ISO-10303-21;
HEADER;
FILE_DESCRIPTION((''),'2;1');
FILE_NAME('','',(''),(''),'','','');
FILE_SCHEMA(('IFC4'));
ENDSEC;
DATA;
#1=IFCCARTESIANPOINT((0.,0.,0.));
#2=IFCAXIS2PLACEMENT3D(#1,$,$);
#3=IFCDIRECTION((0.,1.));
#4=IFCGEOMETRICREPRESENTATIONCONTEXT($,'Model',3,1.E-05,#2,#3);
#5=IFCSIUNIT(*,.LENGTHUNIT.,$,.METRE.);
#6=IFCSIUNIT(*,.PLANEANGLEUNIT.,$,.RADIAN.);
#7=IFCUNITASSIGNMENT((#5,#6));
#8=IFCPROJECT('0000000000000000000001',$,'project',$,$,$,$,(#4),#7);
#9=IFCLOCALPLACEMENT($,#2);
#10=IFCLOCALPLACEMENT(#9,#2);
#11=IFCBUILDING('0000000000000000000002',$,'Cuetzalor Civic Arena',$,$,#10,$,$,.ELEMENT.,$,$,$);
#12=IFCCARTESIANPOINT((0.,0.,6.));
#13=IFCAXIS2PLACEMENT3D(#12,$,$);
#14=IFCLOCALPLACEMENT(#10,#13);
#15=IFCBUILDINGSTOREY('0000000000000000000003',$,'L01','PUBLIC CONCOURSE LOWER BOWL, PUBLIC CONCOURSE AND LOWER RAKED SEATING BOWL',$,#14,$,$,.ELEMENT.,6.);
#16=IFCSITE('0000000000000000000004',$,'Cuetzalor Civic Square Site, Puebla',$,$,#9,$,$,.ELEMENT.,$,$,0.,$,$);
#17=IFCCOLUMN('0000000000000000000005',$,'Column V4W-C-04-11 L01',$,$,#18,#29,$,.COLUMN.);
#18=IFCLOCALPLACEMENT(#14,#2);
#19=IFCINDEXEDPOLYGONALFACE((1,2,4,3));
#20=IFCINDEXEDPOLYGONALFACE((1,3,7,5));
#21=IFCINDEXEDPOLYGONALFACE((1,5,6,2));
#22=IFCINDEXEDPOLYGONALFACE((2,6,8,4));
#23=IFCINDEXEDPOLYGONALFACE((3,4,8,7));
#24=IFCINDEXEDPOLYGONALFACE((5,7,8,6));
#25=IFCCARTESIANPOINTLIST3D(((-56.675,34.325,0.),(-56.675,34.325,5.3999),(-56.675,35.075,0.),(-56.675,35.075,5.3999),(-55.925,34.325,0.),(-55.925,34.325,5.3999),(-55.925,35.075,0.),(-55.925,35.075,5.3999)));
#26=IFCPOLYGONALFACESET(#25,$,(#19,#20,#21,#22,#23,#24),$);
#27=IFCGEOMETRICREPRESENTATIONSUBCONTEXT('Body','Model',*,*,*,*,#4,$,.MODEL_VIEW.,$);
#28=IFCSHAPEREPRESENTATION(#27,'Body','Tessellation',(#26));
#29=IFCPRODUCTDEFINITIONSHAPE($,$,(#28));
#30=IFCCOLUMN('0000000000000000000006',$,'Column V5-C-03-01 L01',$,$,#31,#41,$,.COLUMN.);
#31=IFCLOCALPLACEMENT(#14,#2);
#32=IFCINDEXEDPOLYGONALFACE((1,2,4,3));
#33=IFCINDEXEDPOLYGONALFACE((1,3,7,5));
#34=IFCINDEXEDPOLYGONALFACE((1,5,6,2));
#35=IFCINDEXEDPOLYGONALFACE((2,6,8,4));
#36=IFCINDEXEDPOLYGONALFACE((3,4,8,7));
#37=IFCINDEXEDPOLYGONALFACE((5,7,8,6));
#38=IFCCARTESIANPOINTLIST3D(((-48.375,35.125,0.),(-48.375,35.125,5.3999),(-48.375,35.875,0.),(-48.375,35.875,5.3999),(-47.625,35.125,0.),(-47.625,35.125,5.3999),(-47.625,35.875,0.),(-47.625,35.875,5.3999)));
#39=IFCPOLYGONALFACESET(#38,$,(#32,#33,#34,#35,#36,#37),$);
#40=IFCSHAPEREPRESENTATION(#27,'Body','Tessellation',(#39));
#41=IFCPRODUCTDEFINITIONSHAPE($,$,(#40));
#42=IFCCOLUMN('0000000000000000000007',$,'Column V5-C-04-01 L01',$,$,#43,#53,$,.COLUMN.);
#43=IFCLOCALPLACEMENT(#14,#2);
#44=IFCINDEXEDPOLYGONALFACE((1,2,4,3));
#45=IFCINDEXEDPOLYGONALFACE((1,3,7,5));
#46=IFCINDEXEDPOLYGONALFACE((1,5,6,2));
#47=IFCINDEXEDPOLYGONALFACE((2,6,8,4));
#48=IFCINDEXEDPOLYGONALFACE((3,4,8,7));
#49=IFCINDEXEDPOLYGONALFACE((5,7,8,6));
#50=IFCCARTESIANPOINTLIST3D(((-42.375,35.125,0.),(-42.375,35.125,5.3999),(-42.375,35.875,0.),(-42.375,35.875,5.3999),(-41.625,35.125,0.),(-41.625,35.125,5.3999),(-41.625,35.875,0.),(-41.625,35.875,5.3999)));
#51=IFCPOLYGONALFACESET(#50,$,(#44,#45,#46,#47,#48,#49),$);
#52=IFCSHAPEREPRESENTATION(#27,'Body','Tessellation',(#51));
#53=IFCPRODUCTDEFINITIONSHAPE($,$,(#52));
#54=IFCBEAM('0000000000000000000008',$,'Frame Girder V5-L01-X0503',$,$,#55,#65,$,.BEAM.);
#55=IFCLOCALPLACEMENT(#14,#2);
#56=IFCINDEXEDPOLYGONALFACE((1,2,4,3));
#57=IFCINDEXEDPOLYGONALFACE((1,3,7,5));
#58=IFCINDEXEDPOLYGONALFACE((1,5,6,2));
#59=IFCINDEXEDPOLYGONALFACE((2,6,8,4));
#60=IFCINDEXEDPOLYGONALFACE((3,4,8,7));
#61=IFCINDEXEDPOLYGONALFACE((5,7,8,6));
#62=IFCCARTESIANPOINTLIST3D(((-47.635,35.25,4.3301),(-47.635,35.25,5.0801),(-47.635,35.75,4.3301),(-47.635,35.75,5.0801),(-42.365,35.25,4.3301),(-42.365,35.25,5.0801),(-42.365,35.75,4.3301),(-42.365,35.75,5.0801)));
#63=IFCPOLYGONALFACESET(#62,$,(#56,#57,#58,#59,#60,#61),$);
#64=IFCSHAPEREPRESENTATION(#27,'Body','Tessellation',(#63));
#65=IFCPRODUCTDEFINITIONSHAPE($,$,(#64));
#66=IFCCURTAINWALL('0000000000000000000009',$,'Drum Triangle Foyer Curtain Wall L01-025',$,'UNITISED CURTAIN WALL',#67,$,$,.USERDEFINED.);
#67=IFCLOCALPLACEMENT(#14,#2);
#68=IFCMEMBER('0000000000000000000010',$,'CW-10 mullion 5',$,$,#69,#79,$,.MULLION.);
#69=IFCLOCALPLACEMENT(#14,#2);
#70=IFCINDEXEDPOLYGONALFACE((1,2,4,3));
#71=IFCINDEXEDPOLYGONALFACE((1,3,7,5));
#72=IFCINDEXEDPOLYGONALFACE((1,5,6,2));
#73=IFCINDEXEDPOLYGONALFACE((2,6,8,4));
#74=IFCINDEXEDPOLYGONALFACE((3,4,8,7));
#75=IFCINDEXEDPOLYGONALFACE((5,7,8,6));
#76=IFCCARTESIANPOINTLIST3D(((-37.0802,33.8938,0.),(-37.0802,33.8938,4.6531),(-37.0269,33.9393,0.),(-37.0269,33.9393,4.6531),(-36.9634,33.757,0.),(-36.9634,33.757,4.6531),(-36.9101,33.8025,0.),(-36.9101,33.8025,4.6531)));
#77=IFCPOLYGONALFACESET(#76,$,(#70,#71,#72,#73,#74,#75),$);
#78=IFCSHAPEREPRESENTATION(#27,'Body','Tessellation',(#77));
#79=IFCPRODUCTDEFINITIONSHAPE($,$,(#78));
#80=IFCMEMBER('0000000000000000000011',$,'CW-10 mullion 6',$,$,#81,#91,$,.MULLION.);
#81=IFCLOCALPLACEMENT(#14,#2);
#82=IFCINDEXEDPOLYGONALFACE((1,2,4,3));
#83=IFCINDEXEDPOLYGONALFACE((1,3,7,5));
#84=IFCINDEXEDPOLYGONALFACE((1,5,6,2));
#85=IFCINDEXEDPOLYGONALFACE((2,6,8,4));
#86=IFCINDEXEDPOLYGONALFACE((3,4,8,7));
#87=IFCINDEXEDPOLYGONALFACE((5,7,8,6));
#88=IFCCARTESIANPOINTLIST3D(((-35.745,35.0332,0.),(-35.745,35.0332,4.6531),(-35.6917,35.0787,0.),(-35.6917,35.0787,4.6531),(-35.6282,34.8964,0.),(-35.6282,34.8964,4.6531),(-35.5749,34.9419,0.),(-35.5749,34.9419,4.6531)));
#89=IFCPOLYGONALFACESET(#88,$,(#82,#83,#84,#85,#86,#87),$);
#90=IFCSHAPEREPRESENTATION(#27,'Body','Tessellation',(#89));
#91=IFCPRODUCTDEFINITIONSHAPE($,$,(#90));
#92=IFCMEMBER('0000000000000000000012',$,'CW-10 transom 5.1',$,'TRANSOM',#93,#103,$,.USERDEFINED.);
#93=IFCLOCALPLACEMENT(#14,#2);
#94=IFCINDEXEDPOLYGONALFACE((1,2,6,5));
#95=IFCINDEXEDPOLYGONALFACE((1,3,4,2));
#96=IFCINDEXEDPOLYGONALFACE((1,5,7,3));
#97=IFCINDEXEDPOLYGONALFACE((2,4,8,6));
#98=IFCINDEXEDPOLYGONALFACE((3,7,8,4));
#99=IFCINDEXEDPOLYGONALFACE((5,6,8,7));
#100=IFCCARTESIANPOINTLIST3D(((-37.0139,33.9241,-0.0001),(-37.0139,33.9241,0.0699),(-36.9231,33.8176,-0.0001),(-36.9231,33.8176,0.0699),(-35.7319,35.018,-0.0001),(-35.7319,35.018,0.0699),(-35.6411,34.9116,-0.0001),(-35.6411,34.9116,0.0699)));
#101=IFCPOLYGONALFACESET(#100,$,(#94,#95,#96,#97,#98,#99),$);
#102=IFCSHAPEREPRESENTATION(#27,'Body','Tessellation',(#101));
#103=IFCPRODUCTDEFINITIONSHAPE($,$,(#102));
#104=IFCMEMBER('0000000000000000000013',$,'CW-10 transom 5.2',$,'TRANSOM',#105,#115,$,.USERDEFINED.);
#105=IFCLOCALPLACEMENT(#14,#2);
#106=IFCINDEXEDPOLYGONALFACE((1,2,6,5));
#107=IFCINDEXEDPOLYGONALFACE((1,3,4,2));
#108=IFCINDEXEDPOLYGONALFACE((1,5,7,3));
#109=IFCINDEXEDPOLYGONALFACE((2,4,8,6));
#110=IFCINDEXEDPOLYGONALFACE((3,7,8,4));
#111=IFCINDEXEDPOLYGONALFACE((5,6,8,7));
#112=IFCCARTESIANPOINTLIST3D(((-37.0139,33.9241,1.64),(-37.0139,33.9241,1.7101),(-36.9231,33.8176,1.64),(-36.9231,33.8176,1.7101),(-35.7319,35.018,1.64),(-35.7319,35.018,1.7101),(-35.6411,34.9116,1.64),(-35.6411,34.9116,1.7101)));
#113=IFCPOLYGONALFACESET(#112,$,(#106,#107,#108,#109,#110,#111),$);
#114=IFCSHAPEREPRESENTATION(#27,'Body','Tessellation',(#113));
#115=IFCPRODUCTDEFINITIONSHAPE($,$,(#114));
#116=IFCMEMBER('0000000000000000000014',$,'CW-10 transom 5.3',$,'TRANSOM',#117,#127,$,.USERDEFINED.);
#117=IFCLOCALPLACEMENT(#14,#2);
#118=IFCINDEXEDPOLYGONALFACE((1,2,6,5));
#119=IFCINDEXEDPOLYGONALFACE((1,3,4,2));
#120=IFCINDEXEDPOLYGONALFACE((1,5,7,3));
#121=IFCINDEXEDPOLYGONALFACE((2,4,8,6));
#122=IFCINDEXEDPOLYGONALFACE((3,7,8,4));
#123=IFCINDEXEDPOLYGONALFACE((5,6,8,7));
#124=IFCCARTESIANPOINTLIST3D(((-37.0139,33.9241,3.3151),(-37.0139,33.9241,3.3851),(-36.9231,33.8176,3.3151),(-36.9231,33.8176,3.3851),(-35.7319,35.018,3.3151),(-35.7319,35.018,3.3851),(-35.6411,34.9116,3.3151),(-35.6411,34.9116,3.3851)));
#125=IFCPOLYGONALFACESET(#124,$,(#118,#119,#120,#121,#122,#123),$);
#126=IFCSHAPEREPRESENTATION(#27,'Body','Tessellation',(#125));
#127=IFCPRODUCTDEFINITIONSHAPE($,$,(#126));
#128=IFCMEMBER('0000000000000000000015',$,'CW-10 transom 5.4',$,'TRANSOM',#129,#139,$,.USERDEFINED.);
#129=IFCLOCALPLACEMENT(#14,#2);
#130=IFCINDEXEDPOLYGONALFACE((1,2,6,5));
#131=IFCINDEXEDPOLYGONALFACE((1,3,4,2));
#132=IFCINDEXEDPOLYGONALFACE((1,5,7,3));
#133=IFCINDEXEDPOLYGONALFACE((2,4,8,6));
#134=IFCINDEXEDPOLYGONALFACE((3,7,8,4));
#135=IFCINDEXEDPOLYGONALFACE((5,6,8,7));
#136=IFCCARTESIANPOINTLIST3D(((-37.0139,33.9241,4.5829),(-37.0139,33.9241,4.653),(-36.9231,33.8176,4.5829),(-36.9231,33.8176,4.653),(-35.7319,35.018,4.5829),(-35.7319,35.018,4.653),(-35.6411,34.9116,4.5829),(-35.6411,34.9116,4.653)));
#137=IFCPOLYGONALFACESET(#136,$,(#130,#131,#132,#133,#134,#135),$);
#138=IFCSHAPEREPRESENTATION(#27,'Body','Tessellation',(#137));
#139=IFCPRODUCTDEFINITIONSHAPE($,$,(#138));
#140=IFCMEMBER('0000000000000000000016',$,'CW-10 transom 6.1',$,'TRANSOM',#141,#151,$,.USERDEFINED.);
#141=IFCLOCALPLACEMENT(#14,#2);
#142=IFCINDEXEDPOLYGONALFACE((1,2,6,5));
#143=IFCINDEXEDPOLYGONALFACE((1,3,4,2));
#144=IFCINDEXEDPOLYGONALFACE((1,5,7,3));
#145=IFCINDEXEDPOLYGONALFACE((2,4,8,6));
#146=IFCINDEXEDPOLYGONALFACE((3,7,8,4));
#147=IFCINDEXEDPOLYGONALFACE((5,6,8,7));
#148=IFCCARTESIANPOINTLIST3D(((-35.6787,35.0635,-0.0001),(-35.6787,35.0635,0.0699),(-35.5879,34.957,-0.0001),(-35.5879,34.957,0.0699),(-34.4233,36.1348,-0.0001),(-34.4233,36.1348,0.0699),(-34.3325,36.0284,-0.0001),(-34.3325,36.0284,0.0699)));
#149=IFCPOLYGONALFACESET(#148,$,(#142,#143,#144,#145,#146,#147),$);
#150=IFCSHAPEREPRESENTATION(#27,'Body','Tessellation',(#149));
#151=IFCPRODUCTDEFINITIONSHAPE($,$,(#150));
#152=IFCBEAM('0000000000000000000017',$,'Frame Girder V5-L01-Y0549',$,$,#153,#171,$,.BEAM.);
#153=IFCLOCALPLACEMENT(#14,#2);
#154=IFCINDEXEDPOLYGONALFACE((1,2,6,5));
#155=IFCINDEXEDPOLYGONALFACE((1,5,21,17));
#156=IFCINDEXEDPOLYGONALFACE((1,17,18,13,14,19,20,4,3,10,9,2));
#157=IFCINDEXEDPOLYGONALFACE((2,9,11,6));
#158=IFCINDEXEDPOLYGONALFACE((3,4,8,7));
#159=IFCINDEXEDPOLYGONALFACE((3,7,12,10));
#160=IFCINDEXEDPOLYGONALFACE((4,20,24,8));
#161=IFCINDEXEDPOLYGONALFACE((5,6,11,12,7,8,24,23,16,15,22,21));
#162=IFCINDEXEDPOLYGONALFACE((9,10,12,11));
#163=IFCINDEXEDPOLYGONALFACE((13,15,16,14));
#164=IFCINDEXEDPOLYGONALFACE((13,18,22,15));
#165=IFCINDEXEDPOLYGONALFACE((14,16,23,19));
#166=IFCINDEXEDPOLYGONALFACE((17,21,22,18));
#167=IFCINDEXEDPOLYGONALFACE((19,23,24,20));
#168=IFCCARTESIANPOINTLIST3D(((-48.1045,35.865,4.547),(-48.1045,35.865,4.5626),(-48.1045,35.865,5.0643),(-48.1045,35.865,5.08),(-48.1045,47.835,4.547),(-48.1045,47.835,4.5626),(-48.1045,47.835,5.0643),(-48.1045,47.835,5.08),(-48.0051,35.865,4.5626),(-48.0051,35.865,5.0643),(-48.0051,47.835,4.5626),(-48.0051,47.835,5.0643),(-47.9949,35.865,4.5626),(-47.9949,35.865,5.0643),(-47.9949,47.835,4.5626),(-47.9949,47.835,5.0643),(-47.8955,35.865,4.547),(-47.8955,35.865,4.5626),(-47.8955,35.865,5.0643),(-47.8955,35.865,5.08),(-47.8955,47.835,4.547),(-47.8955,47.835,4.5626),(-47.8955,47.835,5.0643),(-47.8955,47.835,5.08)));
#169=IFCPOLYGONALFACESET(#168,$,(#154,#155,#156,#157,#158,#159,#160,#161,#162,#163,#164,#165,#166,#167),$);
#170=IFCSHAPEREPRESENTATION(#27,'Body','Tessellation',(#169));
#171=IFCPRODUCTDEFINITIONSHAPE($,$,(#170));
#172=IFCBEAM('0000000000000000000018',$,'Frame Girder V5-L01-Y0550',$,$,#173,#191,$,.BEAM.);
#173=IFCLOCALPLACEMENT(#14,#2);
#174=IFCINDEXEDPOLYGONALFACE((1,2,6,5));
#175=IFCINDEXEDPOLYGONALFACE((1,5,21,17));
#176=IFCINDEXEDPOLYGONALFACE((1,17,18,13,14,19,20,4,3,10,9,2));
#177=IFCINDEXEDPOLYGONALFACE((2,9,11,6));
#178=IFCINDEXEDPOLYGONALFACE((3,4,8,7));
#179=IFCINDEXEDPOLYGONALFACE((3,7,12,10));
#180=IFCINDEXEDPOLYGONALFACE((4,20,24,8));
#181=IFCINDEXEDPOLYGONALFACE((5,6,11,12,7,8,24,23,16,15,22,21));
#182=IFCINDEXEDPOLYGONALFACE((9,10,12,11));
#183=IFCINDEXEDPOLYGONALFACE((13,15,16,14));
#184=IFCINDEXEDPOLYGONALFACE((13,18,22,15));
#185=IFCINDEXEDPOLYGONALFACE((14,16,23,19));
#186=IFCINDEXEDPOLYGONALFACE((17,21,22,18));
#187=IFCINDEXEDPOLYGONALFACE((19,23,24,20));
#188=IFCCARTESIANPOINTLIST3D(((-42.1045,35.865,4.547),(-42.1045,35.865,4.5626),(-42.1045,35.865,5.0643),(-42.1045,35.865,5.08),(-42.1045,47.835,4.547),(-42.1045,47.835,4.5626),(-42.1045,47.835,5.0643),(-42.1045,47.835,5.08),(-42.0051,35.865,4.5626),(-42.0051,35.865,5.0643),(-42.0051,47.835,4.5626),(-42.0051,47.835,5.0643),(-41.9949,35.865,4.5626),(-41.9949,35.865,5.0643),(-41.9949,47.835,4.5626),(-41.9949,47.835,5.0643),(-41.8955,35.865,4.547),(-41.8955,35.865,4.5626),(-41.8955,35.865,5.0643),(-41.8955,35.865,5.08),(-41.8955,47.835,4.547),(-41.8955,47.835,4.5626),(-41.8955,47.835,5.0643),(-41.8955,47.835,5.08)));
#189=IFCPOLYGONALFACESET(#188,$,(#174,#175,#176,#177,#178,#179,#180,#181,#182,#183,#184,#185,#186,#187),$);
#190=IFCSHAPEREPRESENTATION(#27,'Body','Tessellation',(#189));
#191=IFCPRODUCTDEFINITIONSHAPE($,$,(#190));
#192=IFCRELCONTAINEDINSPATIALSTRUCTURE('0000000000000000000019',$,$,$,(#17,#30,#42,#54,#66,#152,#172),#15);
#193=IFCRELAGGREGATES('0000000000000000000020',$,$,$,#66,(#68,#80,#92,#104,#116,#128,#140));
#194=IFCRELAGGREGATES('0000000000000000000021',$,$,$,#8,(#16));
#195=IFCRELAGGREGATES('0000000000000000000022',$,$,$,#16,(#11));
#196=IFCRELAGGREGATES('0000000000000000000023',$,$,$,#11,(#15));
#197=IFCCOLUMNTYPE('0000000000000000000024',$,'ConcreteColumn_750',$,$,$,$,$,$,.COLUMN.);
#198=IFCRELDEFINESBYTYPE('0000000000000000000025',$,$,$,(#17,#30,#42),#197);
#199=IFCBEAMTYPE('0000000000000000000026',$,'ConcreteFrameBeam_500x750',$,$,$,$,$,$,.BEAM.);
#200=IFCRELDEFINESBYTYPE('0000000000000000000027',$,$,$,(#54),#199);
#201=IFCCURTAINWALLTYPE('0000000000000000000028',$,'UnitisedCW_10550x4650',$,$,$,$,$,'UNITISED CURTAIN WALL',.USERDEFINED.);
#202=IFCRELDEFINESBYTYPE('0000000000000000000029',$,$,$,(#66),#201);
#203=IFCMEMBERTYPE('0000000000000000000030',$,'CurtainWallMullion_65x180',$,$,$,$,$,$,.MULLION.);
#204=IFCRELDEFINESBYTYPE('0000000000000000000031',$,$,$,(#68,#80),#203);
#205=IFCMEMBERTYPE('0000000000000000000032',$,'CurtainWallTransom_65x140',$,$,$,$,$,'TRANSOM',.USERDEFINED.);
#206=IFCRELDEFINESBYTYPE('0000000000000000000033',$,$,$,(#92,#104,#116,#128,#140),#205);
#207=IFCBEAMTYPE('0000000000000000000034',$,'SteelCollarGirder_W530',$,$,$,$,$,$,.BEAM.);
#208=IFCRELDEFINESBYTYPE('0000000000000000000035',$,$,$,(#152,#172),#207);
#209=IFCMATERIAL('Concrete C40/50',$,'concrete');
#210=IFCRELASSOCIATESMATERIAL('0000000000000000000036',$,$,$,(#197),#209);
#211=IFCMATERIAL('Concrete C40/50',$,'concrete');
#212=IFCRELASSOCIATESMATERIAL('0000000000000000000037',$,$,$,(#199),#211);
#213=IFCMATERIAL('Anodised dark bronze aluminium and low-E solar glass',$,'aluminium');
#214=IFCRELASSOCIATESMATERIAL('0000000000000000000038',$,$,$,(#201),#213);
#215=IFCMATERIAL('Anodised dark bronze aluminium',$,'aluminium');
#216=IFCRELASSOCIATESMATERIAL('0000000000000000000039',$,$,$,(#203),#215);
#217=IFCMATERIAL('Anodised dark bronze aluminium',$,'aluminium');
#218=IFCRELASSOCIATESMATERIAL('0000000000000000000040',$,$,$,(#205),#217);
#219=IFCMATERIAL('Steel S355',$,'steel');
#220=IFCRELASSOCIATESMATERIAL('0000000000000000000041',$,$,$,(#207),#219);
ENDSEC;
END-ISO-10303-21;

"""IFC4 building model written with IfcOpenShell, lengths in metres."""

from ifc_helpers import new_model, si_unit, direction, frame, origin, origin_2d, place, context, subcontext, project, spatial, rectangle, i_section, extrude, material, material_profile, profile_set, type_object, element, aggregate, save


model = new_model("IFC4")

# Units and contexts
model_context = context("Model", 3, precision=1e-05, world=origin(), true_north=direction((0.0, 1.0)))
body_context = subcontext(model_context, "Body", "Model", "MODEL_VIEW")
ifc_project = project(units=[si_unit("LENGTHUNIT", "METRE"), si_unit("PLANEANGLEUNIT", "RADIAN")], contexts=[model_context])

# Site, building, storey
site_placement = place(None, origin())
site = spatial("IfcSite", under=ifc_project, at=site_placement, Name="Cuetzalor Civic Square Site, Puebla", CompositionType="ELEMENT", RefElevation=0.0)
building_placement = place(site_placement, origin())
building = spatial("IfcBuilding", under=site, at=building_placement, Name="Cuetzalor Civic Arena", CompositionType="ELEMENT")
storey_placement = place(building_placement, frame((0.0, 0.0, 6.0)))
storey = spatial("IfcBuildingStorey", under=building, at=storey_placement, Name="L01", Description="PUBLIC CONCOURSE LOWER BOWL, PUBLIC CONCOURSE AND LOWER RAKED SEATING BOWL", CompositionType="ELEMENT", Elevation=6.0)

# Columns
ifc_material_1 = material(Name="Concrete C40/50", Category="concrete")
ifc_material_profile_1 = material_profile(ifc_material_1, rectangle(XDim=0.75, YDim=0.75, at=origin_2d()), Name="RC 750x750")
ifc_profile_set_1 = profile_set([ifc_material_profile_1], Name="Concrete C40/50")
column_type = type_object("IfcColumnType", Name="ConcreteColumn_750", PredefinedType="COLUMN", material=ifc_profile_set_1)
for number, where, z_axis, x_axis, name in (
    (1, (-56.3, 34.7, 0.0), (0.0, 0.0, 1.0), (1.0, 0.0, 0.0), "Column V4W-C-04-11 L01"),
    (2, (-48.0, 35.5, 0.0), (0.0, 0.0, 1.0), (1.0, 0.0, 0.0), "Column V5-C-03-01 L01"),
    (3, (-42.0, 35.5, 0.0), (0.0, 0.0, 1.0), (1.0, 0.0, 0.0), "Column V5-C-04-01 L01"),
):
    element("IfcColumn", number, at=place(storey_placement, frame(where, z_axis=z_axis, x_axis=x_axis)), inside=storey, type_object=column_type, Name=name, PredefinedType="COLUMN", context=body_context, shape_type="SweptSolid", body=[
        extrude(rectangle(XDim=0.75, YDim=0.75, at=origin_2d()), origin(), (0.0, 0.0, 1.0), 5.3999),
    ])

# Beam
ifc_material_2 = material(Name="Concrete C40/50", Category="concrete")
ifc_material_profile_2 = material_profile(ifc_material_2, rectangle(XDim=0.5, YDim=0.75, at=origin_2d()), Name="RC 500x750")
ifc_profile_set_2 = profile_set([ifc_material_profile_2], Name="Concrete C40/50")
beam_type_1 = type_object("IfcBeamType", Name="ConcreteFrameBeam_500x750", PredefinedType="BEAM", material=ifc_profile_set_2)
beam_placement = place(storey_placement, frame((-47.635, 35.5, 4.7051), z_axis=(1.0, 0.0, 0.0), x_axis=(0.0, 1.0, 0.0)))
element("IfcBeam", 4, at=beam_placement, inside=storey, type_object=beam_type_1, Name="Frame Girder V5-L01-X0503", PredefinedType="BEAM", context=body_context, shape_type="SweptSolid", body=[
    extrude(rectangle(XDim=0.5, YDim=0.75, at=origin_2d()), origin(), (0.0, 0.0, 1.0), 5.27),
])

# Curtain wall, members
ifc_material_3 = material(Name="Anodised dark bronze aluminium and low-E solar glass", Category="aluminium")
curtain_wall_type = type_object("IfcCurtainWallType", Name="UnitisedCW_10550x4650", ElementType="UNITISED CURTAIN WALL", PredefinedType="USERDEFINED", material=ifc_material_3)
curtain_wall_placement = place(storey_placement, origin())
curtain_wall = element("IfcCurtainWall", 5, at=curtain_wall_placement, inside=storey, type_object=curtain_wall_type, Name="Drum Triangle Foyer Curtain Wall L01-025", ObjectType="UNITISED CURTAIN WALL", PredefinedType="USERDEFINED")
ifc_material_4 = material(Name="Anodised dark bronze aluminium", Category="aluminium")
ifc_material_profile_3 = material_profile(ifc_material_4, rectangle(XDim=0.0701, YDim=0.1799, at=origin_2d()), Name="ALU MULLION 70x180")
ifc_profile_set_3 = profile_set([ifc_material_profile_3], Name="Anodised dark bronze aluminium")
member_type_1 = type_object("IfcMemberType", Name="CurtainWallMullion_65x180", PredefinedType="MULLION", material=ifc_profile_set_3)
member_1_placement = place(storey_placement, frame((-36.9951, 33.8481, 0.0), z_axis=(0.0, 0.0, 1.0), x_axis=(0.760677, 0.64913, 0.0)))
member_1 = element("IfcMember", 6, at=member_1_placement, type_object=member_type_1, Name="CW-10 mullion 5", PredefinedType="MULLION", context=body_context, shape_type="SweptSolid", body=[
    extrude(rectangle(XDim=0.0701, YDim=0.1799, at=origin_2d()), origin(), (0.0, 0.0, 1.0), 4.6531),
])
member_2_placement = place(storey_placement, frame((-35.6599, 34.9875, 0.0), z_axis=(0.0, 0.0, 1.0), x_axis=(0.760677, 0.64913, 0.0)))
member_2 = element("IfcMember", 7, at=member_2_placement, type_object=member_type_1, Name="CW-10 mullion 6", PredefinedType="MULLION", context=body_context, shape_type="SweptSolid", body=[
    extrude(rectangle(XDim=0.0701, YDim=0.1799, at=origin_2d()), origin(), (0.0, 0.0, 1.0), 4.6531),
])
ifc_material_5 = material(Name="Anodised dark bronze aluminium", Category="aluminium")
ifc_material_profile_4 = material_profile(ifc_material_5, rectangle(XDim=0.1399, YDim=0.0701, at=origin_2d()), Name="ALU TRANSOM 70x140")
ifc_profile_set_4 = profile_set([ifc_material_profile_4], Name="Anodised dark bronze aluminium")
member_type_2 = type_object("IfcMemberType", Name="CurtainWallTransom_65x140", ElementType="TRANSOM", PredefinedType="USERDEFINED", material=ifc_profile_set_4)
member_3_placement = place(storey_placement, frame((-36.9685, 33.8708, 0.0349), z_axis=(0.760676, 0.649132, 0.0), x_axis=(-0.649132, 0.760676, 0.0)))
member_3 = element("IfcMember", 8, at=member_3_placement, type_object=member_type_2, Name="CW-10 transom 5.1", ObjectType="TRANSOM", PredefinedType="USERDEFINED", context=body_context, shape_type="SweptSolid", body=[
    extrude(rectangle(XDim=0.1399, YDim=0.0701, at=origin_2d()), origin(), (0.0, 0.0, 1.0), 1.6853),
])
member_4_placement = place(storey_placement, frame((-36.9685, 33.8708, 1.675), z_axis=(0.760676, 0.649132, 0.0), x_axis=(-0.649132, 0.760676, 0.0)))
member_4 = element("IfcMember", 9, at=member_4_placement, type_object=member_type_2, Name="CW-10 transom 5.2", ObjectType="TRANSOM", PredefinedType="USERDEFINED", context=body_context, shape_type="SweptSolid", body=[
    extrude(rectangle(XDim=0.1399, YDim=0.0701, at=origin_2d()), origin(), (0.0, 0.0, 1.0), 1.6853),
])
member_5_placement = place(storey_placement, frame((-36.9685, 33.8708, 3.3501), z_axis=(0.760676, 0.649132, 0.0), x_axis=(-0.649132, 0.760676, 0.0)))
member_5 = element("IfcMember", 10, at=member_5_placement, type_object=member_type_2, Name="CW-10 transom 5.3", ObjectType="TRANSOM", PredefinedType="USERDEFINED", context=body_context, shape_type="SweptSolid", body=[
    extrude(rectangle(XDim=0.1399, YDim=0.0701, at=origin_2d()), origin(), (0.0, 0.0, 1.0), 1.6853),
])
member_6_placement = place(storey_placement, frame((-36.9685, 33.8708, 4.6179), z_axis=(0.760676, 0.649132, 0.0), x_axis=(-0.649132, 0.760676, 0.0)))
member_6 = element("IfcMember", 11, at=member_6_placement, type_object=member_type_2, Name="CW-10 transom 5.4", ObjectType="TRANSOM", PredefinedType="USERDEFINED", context=body_context, shape_type="SweptSolid", body=[
    extrude(rectangle(XDim=0.1399, YDim=0.0701, at=origin_2d()), origin(), (0.0, 0.0, 1.0), 1.6853),
])
member_7_placement = place(storey_placement, frame((-35.6333, 35.0103, 0.0349), z_axis=(0.760675, 0.649133, 0.0), x_axis=(-0.649133, 0.760675, 0.0)))
member_7 = element("IfcMember", 12, at=member_7_placement, type_object=member_type_2, Name="CW-10 transom 6.1", ObjectType="TRANSOM", PredefinedType="USERDEFINED", context=body_context, shape_type="SweptSolid", body=[
    extrude(rectangle(XDim=0.1399, YDim=0.0701, at=origin_2d()), origin(), (0.0, 0.0, 1.0), 1.6504),
])

# Beams
ifc_material_6 = material(Name="Steel S355", Category="steel")
ifc_material_profile_5 = material_profile(ifc_material_6, i_section(OverallWidth=0.209, OverallDepth=0.533, WebThickness=0.0103, FlangeThickness=0.0156, at=origin_2d()), Name="W530x92")
ifc_profile_set_5 = profile_set([ifc_material_profile_5], Name="Steel S355")
beam_type_2 = type_object("IfcBeamType", Name="SteelCollarGirder_W530", PredefinedType="BEAM", material=ifc_profile_set_5)
for number, where, z_axis, x_axis, name in (
    (13, (-48.0, 35.865, 4.8135), (0.0, 1.0, 0.0), (-1.0, 0.0, 0.0), "Frame Girder V5-L01-Y0549"),
    (14, (-42.0, 35.865, 4.8135), (0.0, 1.0, 0.0), (-1.0, 0.0, 0.0), "Frame Girder V5-L01-Y0550"),
):
    element("IfcBeam", number, at=place(storey_placement, frame(where, z_axis=z_axis, x_axis=x_axis)), inside=storey, type_object=beam_type_2, Name=name, PredefinedType="BEAM", context=body_context, shape_type="SweptSolid", body=[
        extrude(i_section(OverallWidth=0.209, OverallDepth=0.533, WebThickness=0.0103, FlangeThickness=0.0156, at=origin_2d()), origin(), (0.0, 0.0, 1.0), 11.97),
    ])

aggregate(curtain_wall, [member_1, member_2, member_3, member_4, member_5, member_6, member_7])

save(model, "model.ifc")
